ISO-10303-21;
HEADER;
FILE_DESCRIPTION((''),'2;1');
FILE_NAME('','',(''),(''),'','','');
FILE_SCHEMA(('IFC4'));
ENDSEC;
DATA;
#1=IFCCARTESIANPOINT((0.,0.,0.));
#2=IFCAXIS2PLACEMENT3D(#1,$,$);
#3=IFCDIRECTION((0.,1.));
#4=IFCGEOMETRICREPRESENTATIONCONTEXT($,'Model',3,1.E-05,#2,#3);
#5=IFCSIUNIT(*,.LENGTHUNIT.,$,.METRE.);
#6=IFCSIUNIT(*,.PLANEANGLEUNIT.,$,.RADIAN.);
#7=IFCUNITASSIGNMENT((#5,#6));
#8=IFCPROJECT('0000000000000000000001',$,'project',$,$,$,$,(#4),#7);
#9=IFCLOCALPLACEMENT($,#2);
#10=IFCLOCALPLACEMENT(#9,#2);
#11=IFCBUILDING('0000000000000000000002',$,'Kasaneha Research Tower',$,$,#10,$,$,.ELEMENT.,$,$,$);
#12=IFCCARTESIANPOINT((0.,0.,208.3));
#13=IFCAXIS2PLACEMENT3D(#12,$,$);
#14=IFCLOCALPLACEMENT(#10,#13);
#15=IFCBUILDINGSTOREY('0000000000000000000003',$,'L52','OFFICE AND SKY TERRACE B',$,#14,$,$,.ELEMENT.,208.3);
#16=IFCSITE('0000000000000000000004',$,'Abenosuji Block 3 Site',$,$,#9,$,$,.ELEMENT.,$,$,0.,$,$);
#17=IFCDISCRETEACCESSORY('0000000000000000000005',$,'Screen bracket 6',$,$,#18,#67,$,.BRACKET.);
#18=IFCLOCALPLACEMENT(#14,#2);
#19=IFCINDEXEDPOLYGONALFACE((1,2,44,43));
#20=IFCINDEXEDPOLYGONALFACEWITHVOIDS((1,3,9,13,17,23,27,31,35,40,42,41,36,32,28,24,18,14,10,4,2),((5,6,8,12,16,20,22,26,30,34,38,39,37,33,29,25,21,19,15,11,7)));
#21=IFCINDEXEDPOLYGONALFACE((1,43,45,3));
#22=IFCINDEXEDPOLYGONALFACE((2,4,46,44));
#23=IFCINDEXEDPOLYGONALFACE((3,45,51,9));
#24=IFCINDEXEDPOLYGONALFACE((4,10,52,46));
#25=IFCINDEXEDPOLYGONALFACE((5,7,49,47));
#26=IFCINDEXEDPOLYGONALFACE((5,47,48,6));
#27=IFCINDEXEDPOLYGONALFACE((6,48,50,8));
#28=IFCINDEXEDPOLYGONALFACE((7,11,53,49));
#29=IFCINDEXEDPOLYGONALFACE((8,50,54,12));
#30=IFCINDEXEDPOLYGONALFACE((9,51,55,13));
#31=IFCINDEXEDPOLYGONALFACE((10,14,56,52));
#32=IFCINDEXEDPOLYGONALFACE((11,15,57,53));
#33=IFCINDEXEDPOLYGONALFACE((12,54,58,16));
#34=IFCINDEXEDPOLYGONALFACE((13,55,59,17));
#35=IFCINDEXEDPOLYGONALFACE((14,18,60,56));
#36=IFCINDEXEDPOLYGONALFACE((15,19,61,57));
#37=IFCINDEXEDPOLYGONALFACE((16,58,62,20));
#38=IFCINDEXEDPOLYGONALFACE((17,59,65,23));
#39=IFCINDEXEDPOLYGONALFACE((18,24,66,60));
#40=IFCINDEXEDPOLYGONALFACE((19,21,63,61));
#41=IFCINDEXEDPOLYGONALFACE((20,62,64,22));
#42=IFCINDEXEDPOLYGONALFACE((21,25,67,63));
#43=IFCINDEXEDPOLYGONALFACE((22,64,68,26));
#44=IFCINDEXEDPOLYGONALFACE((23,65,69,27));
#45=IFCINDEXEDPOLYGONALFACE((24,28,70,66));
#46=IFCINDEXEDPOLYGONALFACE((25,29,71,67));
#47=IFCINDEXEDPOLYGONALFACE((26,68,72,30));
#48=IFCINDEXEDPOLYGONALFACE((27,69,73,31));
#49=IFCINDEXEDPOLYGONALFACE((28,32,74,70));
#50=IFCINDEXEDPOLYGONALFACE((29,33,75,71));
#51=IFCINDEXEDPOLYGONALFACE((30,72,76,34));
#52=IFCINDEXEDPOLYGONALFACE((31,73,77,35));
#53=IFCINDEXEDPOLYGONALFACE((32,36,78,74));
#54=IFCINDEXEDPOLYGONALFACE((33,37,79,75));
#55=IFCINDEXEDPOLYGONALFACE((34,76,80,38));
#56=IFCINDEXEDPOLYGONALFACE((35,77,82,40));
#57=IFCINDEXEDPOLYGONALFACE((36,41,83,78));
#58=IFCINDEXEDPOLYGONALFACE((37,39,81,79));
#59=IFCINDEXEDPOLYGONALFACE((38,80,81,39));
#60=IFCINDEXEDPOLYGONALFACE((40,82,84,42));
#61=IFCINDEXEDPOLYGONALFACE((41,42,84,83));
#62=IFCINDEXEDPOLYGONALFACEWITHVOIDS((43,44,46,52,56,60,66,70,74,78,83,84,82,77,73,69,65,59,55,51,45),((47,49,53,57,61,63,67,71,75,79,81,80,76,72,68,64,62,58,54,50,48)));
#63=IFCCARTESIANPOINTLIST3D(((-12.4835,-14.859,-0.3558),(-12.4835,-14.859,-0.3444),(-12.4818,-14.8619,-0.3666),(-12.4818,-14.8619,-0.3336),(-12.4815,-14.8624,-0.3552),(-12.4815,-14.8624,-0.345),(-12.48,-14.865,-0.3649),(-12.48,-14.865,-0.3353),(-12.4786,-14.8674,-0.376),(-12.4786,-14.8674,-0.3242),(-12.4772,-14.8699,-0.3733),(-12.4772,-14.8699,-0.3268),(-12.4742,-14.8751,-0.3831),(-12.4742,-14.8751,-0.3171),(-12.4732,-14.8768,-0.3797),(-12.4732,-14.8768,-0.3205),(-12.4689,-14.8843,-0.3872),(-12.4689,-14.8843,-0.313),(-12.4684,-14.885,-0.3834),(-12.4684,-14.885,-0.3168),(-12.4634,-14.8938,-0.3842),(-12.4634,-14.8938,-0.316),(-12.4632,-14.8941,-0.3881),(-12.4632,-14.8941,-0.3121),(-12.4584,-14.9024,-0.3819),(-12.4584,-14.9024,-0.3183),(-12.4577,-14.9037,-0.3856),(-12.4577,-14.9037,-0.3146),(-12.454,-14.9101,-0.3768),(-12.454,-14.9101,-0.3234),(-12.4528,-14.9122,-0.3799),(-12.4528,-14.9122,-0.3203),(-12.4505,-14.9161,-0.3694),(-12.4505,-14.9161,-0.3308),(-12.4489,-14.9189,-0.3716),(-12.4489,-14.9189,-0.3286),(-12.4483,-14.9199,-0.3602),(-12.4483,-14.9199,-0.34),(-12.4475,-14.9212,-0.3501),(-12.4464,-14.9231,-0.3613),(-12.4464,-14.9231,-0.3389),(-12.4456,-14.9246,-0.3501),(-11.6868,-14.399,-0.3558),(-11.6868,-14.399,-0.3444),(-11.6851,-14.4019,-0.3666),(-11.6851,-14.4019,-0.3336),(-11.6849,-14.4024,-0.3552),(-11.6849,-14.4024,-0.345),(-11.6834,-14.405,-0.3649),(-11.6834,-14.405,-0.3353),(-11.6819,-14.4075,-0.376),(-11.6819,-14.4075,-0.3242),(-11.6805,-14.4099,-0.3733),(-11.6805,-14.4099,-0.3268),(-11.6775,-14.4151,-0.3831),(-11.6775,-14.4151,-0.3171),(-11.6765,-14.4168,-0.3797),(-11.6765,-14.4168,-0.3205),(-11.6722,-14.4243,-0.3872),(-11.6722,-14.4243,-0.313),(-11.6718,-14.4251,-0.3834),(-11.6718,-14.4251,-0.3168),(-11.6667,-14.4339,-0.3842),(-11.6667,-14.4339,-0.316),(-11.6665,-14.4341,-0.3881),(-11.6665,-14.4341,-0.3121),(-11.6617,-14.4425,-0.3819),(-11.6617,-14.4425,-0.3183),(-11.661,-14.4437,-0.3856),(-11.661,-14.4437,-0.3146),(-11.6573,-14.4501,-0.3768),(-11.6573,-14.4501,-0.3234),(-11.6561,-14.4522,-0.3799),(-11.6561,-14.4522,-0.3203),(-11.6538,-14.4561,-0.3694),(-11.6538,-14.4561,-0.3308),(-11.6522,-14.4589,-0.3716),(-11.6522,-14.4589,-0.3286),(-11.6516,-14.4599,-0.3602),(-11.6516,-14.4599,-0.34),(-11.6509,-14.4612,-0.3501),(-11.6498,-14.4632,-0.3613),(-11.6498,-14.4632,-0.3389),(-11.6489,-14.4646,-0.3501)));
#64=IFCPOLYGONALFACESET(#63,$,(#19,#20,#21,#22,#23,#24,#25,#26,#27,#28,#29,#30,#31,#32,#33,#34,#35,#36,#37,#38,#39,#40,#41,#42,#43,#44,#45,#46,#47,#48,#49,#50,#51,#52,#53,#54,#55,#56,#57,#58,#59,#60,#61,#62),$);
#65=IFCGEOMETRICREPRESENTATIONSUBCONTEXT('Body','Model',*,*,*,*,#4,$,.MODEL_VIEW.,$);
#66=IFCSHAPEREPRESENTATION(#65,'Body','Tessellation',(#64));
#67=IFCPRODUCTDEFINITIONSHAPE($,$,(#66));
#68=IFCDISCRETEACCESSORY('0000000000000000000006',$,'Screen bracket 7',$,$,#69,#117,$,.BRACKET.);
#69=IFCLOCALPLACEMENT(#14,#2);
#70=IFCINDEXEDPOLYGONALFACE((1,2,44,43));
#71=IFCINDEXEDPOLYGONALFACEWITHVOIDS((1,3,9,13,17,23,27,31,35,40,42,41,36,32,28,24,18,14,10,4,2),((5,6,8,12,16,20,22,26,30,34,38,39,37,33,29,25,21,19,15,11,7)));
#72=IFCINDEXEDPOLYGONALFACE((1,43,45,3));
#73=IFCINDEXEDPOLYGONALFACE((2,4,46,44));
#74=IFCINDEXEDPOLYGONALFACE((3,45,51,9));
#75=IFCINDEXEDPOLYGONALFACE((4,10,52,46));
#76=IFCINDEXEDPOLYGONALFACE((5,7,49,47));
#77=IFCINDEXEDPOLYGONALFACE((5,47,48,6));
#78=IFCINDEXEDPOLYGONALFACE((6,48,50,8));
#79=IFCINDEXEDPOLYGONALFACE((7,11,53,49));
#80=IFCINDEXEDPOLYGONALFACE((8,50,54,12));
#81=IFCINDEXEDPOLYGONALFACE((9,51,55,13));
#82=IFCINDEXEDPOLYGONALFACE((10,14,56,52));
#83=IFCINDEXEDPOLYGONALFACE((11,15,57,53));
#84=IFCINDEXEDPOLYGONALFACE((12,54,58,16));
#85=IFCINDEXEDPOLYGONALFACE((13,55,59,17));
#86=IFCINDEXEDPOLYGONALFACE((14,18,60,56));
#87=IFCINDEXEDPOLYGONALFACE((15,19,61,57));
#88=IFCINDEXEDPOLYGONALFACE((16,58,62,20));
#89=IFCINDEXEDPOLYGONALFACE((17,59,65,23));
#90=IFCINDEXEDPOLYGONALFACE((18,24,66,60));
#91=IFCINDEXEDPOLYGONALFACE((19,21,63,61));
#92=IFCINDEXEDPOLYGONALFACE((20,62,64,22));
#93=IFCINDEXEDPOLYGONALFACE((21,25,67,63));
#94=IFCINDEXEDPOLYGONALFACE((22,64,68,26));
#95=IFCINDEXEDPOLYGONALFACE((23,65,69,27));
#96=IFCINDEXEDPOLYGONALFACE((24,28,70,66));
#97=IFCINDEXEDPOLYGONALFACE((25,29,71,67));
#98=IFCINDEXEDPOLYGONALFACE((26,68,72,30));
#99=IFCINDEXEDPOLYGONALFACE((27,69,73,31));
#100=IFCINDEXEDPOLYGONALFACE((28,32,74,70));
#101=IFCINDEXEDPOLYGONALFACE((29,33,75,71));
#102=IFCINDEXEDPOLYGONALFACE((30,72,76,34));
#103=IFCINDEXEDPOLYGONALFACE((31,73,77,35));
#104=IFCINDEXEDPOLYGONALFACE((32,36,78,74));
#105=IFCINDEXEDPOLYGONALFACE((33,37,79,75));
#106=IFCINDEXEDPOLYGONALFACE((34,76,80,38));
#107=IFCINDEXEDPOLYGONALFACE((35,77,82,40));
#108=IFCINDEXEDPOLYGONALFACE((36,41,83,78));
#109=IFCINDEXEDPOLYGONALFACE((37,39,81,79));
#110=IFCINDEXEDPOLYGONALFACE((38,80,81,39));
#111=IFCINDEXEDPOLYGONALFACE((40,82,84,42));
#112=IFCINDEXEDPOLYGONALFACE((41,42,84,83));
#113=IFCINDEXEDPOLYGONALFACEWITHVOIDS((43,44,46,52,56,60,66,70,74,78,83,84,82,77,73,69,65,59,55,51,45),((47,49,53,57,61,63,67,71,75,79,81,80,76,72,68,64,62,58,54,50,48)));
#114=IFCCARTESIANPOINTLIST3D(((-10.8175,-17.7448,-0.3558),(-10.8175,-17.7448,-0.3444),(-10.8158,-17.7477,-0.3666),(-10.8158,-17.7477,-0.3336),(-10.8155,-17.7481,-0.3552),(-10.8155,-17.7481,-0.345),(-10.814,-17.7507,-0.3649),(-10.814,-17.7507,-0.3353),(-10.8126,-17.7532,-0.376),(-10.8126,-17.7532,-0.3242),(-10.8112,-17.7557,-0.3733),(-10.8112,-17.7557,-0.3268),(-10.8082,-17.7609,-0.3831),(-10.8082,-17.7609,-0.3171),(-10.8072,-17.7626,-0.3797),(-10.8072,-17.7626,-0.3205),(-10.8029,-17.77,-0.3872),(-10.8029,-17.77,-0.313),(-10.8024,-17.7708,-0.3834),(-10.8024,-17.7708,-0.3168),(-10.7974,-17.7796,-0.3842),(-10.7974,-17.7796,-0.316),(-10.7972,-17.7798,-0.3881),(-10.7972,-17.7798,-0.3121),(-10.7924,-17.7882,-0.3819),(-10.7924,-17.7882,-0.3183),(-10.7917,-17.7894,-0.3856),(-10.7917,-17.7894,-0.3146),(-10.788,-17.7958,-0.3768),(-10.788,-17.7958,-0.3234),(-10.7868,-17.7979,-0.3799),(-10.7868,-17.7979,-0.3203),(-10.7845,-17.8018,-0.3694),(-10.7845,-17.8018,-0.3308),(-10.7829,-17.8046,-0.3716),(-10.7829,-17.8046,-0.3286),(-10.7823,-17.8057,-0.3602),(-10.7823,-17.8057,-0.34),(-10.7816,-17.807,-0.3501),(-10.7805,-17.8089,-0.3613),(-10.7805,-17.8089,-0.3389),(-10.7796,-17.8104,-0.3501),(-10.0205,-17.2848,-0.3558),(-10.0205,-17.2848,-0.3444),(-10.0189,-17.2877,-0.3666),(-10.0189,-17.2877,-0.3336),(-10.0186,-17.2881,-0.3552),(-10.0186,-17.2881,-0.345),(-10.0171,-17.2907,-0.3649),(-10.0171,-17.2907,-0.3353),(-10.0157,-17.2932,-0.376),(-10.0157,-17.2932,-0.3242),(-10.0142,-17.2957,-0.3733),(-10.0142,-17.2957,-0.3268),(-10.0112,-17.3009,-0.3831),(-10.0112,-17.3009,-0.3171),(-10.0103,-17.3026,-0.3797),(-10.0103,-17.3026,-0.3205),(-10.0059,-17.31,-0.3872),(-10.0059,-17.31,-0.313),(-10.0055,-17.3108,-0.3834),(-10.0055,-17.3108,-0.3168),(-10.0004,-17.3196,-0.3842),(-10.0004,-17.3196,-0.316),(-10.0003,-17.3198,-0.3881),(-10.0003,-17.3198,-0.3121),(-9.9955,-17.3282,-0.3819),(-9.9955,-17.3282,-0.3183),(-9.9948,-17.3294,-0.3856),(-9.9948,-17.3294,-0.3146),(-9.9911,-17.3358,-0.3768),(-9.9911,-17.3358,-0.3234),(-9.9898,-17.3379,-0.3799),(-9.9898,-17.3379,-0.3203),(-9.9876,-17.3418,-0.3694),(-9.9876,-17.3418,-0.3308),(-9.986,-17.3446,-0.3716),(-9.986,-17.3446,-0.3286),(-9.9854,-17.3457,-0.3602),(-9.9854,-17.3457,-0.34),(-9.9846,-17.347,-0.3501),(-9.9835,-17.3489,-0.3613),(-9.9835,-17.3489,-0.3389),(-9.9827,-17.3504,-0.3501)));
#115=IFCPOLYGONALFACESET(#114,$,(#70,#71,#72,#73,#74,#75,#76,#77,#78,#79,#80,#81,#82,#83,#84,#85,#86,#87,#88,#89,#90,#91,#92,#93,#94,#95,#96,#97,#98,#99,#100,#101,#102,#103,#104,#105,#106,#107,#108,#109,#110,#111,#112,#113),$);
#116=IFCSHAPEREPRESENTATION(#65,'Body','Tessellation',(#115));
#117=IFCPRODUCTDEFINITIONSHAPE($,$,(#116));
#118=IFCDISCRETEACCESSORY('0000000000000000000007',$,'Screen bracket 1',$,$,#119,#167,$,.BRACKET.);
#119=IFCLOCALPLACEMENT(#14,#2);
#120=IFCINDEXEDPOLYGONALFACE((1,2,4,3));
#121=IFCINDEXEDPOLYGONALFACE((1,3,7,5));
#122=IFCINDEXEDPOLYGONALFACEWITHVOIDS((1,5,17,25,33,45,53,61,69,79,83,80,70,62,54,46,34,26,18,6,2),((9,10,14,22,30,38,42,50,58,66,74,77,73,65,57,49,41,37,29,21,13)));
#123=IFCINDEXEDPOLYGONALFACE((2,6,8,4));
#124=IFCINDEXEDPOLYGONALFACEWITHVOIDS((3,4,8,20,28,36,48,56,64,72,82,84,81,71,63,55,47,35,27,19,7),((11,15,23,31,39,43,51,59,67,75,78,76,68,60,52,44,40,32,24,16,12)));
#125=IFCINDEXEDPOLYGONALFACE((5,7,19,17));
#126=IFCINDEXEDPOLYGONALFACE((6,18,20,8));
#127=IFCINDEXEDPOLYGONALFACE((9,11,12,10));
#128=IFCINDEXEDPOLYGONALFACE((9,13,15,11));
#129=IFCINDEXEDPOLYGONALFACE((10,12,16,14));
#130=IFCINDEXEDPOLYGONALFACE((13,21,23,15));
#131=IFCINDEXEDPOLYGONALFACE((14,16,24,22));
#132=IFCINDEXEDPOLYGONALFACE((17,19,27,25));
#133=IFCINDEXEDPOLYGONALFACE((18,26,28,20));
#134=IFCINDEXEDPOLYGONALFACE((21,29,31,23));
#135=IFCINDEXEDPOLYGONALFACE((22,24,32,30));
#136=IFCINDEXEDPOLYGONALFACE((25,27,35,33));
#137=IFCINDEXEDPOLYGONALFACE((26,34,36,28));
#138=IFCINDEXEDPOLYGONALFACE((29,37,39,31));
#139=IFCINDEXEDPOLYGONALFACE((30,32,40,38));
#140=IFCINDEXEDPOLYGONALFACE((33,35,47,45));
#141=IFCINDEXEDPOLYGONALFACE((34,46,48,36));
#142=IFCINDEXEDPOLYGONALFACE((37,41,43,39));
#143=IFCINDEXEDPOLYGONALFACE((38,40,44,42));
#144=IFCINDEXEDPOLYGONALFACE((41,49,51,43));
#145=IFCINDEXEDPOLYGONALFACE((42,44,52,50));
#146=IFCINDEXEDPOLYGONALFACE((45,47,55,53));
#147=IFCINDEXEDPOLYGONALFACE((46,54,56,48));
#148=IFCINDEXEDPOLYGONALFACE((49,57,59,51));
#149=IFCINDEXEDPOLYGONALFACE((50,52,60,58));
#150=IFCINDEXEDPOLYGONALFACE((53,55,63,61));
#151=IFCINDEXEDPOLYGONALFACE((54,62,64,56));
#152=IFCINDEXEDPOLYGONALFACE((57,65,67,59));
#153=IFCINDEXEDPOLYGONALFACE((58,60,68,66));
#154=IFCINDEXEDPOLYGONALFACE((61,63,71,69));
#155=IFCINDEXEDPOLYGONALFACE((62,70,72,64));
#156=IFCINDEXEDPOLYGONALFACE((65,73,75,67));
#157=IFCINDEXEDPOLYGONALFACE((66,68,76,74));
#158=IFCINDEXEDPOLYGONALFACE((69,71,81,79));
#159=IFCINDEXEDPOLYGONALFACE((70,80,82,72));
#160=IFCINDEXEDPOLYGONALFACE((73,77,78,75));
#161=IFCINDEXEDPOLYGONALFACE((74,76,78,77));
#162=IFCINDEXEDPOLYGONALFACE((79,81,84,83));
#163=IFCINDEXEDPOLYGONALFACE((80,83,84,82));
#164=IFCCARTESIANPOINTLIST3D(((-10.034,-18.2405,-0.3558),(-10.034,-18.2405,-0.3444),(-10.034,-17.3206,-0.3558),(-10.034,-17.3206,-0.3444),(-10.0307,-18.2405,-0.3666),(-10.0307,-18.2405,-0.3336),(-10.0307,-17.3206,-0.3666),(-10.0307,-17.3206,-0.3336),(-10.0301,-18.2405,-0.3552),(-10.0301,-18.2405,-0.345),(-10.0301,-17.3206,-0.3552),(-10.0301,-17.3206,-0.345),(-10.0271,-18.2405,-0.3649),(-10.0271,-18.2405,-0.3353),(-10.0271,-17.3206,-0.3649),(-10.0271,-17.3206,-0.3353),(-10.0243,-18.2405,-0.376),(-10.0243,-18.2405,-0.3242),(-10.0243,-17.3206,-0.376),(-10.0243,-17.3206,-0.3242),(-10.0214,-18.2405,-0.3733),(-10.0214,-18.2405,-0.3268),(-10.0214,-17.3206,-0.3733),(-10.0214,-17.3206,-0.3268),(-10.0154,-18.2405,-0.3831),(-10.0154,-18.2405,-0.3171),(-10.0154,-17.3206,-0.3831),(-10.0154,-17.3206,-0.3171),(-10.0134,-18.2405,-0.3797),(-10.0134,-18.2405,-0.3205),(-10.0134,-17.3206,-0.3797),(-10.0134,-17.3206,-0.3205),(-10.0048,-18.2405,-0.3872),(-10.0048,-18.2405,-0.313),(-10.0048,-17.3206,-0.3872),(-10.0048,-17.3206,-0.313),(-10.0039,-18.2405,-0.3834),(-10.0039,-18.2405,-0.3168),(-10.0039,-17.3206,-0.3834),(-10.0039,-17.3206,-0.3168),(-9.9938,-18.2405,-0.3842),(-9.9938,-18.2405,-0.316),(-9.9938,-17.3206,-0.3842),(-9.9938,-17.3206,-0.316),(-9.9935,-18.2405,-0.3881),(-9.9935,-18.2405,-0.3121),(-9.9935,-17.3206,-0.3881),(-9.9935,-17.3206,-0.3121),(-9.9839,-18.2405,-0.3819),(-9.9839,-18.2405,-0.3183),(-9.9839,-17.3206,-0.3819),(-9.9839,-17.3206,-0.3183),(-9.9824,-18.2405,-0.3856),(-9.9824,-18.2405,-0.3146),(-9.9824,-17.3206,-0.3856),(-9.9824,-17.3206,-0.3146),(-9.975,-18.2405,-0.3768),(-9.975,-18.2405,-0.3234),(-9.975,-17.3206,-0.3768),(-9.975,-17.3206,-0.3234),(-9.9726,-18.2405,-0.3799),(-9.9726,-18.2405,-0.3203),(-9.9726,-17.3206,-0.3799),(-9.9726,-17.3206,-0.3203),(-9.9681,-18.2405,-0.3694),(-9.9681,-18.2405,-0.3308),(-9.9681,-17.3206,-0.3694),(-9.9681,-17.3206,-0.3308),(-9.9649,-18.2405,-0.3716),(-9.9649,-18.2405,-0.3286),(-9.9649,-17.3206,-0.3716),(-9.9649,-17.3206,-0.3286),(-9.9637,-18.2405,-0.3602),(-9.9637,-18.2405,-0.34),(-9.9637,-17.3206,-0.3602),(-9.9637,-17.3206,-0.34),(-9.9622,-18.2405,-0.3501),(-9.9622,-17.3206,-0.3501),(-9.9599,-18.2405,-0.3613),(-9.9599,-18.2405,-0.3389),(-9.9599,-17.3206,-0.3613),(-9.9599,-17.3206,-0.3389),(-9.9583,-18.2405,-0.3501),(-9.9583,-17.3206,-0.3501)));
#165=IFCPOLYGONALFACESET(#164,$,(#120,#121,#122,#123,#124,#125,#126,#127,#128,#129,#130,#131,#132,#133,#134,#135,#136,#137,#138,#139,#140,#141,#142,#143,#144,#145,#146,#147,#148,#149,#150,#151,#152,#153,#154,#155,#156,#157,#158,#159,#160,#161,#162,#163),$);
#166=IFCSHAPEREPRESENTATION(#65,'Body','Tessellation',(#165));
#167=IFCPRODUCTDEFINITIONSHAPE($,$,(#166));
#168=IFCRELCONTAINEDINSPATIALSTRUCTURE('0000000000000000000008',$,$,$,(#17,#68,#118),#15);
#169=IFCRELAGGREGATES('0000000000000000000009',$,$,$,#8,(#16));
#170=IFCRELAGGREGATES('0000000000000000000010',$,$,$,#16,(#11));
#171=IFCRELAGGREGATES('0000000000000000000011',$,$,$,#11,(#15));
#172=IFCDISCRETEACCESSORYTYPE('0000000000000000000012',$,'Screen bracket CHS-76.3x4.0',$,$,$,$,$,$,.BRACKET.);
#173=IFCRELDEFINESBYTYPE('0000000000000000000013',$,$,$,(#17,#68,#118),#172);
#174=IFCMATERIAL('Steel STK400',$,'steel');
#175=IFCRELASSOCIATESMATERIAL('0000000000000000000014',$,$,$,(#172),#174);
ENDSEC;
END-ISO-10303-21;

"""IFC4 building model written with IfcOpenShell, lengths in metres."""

from ifc_helpers import new_model, si_unit, direction, frame, origin, origin_2d, place, context, subcontext, project, spatial, hollow_circle, extrude, material, material_profile, profile_set, type_object, element, save


model = new_model("IFC4")

# Units and contexts
model_context = context("Model", 3, precision=1e-05, world=origin(), true_north=direction((0.0, 1.0)))
body_context = subcontext(model_context, "Body", "Model", "MODEL_VIEW")
ifc_project = project(units=[si_unit("LENGTHUNIT", "METRE"), si_unit("PLANEANGLEUNIT", "RADIAN")], contexts=[model_context])

# Site, building, storey
site_placement = place(None, origin())
site = spatial("IfcSite", under=ifc_project, at=site_placement, Name="Abenosuji Block 3 Site", CompositionType="ELEMENT", RefElevation=0.0)
building_placement = place(site_placement, origin())
building = spatial("IfcBuilding", under=site, at=building_placement, Name="Kasaneha Research Tower", CompositionType="ELEMENT")
storey_placement = place(building_placement, frame((0.0, 0.0, 208.3)))
storey = spatial("IfcBuildingStorey", under=building, at=storey_placement, Name="L52", Description="OFFICE AND SKY TERRACE B", CompositionType="ELEMENT", Elevation=208.3)

# Discrete accessories
ifc_material_1 = material(Name="Steel STK400", Category="steel")
ifc_material_profile_1 = material_profile(ifc_material_1, hollow_circle(Radius=0.0381, WallThickness=0.0039, at=origin_2d()), Name="CHS-76.3x4.0")
ifc_profile_set_1 = profile_set([ifc_material_profile_1], Name="Steel STK400")
discrete_accessory_type = type_object("IfcDiscreteAccessoryType", Name="Screen bracket CHS-76.3x4.0", PredefinedType="BRACKET", material=ifc_profile_set_1)
for number, where, z_axis, x_axis, name in (
    (1, (-11.668, -14.4316, -0.3501), (-0.866013, -0.500021, 0.0), (0.500021, -0.866013, 0.0), "Screen bracket 6"),
):
    element("IfcDiscreteAccessory", number, at=place(storey_placement, frame(where, z_axis=z_axis, x_axis=x_axis)), inside=storey, type_object=discrete_accessory_type, Name=name, PredefinedType="BRACKET", context=body_context, shape_type="SweptSolid", body=[
        extrude(hollow_circle(Radius=0.0381, WallThickness=0.0039, at=origin_2d()), origin(), (0.0, 0.0, 1.0), 0.9199),
    ])
discrete_accessory_placement = place(storey_placement, frame((-10.0017, -17.3174, -0.3501), z_axis=(-0.86608, -0.499906, 0.0), x_axis=(0.499906, -0.86608, 0.0)))
element("IfcDiscreteAccessory", 2, at=discrete_accessory_placement, inside=storey, type_object=discrete_accessory_type, Name="Screen bracket 7", PredefinedType="BRACKET", context=body_context, shape_type="SweptSolid", body=[
    extrude(hollow_circle(Radius=0.0381, WallThickness=0.0039, at=origin_2d()), origin(), (0.0, 0.0, 1.0), 0.9202),
])
for number, where, z_axis, x_axis, name in (
    (3, (-9.9963, -17.3206, -0.3501), (0.0, -1.0, 0.0), (1.0, 0.0, 0.0), "Screen bracket 1"),
):
    element("IfcDiscreteAccessory", number, at=place(storey_placement, frame(where, z_axis=z_axis, x_axis=x_axis)), inside=storey, type_object=discrete_accessory_type, Name=name, PredefinedType="BRACKET", context=body_context, shape_type="SweptSolid", body=[
        extrude(hollow_circle(Radius=0.0381, WallThickness=0.0039, at=origin_2d()), origin(), (0.0, 0.0, 1.0), 0.9199),
    ])

save(model, "model.ifc")
